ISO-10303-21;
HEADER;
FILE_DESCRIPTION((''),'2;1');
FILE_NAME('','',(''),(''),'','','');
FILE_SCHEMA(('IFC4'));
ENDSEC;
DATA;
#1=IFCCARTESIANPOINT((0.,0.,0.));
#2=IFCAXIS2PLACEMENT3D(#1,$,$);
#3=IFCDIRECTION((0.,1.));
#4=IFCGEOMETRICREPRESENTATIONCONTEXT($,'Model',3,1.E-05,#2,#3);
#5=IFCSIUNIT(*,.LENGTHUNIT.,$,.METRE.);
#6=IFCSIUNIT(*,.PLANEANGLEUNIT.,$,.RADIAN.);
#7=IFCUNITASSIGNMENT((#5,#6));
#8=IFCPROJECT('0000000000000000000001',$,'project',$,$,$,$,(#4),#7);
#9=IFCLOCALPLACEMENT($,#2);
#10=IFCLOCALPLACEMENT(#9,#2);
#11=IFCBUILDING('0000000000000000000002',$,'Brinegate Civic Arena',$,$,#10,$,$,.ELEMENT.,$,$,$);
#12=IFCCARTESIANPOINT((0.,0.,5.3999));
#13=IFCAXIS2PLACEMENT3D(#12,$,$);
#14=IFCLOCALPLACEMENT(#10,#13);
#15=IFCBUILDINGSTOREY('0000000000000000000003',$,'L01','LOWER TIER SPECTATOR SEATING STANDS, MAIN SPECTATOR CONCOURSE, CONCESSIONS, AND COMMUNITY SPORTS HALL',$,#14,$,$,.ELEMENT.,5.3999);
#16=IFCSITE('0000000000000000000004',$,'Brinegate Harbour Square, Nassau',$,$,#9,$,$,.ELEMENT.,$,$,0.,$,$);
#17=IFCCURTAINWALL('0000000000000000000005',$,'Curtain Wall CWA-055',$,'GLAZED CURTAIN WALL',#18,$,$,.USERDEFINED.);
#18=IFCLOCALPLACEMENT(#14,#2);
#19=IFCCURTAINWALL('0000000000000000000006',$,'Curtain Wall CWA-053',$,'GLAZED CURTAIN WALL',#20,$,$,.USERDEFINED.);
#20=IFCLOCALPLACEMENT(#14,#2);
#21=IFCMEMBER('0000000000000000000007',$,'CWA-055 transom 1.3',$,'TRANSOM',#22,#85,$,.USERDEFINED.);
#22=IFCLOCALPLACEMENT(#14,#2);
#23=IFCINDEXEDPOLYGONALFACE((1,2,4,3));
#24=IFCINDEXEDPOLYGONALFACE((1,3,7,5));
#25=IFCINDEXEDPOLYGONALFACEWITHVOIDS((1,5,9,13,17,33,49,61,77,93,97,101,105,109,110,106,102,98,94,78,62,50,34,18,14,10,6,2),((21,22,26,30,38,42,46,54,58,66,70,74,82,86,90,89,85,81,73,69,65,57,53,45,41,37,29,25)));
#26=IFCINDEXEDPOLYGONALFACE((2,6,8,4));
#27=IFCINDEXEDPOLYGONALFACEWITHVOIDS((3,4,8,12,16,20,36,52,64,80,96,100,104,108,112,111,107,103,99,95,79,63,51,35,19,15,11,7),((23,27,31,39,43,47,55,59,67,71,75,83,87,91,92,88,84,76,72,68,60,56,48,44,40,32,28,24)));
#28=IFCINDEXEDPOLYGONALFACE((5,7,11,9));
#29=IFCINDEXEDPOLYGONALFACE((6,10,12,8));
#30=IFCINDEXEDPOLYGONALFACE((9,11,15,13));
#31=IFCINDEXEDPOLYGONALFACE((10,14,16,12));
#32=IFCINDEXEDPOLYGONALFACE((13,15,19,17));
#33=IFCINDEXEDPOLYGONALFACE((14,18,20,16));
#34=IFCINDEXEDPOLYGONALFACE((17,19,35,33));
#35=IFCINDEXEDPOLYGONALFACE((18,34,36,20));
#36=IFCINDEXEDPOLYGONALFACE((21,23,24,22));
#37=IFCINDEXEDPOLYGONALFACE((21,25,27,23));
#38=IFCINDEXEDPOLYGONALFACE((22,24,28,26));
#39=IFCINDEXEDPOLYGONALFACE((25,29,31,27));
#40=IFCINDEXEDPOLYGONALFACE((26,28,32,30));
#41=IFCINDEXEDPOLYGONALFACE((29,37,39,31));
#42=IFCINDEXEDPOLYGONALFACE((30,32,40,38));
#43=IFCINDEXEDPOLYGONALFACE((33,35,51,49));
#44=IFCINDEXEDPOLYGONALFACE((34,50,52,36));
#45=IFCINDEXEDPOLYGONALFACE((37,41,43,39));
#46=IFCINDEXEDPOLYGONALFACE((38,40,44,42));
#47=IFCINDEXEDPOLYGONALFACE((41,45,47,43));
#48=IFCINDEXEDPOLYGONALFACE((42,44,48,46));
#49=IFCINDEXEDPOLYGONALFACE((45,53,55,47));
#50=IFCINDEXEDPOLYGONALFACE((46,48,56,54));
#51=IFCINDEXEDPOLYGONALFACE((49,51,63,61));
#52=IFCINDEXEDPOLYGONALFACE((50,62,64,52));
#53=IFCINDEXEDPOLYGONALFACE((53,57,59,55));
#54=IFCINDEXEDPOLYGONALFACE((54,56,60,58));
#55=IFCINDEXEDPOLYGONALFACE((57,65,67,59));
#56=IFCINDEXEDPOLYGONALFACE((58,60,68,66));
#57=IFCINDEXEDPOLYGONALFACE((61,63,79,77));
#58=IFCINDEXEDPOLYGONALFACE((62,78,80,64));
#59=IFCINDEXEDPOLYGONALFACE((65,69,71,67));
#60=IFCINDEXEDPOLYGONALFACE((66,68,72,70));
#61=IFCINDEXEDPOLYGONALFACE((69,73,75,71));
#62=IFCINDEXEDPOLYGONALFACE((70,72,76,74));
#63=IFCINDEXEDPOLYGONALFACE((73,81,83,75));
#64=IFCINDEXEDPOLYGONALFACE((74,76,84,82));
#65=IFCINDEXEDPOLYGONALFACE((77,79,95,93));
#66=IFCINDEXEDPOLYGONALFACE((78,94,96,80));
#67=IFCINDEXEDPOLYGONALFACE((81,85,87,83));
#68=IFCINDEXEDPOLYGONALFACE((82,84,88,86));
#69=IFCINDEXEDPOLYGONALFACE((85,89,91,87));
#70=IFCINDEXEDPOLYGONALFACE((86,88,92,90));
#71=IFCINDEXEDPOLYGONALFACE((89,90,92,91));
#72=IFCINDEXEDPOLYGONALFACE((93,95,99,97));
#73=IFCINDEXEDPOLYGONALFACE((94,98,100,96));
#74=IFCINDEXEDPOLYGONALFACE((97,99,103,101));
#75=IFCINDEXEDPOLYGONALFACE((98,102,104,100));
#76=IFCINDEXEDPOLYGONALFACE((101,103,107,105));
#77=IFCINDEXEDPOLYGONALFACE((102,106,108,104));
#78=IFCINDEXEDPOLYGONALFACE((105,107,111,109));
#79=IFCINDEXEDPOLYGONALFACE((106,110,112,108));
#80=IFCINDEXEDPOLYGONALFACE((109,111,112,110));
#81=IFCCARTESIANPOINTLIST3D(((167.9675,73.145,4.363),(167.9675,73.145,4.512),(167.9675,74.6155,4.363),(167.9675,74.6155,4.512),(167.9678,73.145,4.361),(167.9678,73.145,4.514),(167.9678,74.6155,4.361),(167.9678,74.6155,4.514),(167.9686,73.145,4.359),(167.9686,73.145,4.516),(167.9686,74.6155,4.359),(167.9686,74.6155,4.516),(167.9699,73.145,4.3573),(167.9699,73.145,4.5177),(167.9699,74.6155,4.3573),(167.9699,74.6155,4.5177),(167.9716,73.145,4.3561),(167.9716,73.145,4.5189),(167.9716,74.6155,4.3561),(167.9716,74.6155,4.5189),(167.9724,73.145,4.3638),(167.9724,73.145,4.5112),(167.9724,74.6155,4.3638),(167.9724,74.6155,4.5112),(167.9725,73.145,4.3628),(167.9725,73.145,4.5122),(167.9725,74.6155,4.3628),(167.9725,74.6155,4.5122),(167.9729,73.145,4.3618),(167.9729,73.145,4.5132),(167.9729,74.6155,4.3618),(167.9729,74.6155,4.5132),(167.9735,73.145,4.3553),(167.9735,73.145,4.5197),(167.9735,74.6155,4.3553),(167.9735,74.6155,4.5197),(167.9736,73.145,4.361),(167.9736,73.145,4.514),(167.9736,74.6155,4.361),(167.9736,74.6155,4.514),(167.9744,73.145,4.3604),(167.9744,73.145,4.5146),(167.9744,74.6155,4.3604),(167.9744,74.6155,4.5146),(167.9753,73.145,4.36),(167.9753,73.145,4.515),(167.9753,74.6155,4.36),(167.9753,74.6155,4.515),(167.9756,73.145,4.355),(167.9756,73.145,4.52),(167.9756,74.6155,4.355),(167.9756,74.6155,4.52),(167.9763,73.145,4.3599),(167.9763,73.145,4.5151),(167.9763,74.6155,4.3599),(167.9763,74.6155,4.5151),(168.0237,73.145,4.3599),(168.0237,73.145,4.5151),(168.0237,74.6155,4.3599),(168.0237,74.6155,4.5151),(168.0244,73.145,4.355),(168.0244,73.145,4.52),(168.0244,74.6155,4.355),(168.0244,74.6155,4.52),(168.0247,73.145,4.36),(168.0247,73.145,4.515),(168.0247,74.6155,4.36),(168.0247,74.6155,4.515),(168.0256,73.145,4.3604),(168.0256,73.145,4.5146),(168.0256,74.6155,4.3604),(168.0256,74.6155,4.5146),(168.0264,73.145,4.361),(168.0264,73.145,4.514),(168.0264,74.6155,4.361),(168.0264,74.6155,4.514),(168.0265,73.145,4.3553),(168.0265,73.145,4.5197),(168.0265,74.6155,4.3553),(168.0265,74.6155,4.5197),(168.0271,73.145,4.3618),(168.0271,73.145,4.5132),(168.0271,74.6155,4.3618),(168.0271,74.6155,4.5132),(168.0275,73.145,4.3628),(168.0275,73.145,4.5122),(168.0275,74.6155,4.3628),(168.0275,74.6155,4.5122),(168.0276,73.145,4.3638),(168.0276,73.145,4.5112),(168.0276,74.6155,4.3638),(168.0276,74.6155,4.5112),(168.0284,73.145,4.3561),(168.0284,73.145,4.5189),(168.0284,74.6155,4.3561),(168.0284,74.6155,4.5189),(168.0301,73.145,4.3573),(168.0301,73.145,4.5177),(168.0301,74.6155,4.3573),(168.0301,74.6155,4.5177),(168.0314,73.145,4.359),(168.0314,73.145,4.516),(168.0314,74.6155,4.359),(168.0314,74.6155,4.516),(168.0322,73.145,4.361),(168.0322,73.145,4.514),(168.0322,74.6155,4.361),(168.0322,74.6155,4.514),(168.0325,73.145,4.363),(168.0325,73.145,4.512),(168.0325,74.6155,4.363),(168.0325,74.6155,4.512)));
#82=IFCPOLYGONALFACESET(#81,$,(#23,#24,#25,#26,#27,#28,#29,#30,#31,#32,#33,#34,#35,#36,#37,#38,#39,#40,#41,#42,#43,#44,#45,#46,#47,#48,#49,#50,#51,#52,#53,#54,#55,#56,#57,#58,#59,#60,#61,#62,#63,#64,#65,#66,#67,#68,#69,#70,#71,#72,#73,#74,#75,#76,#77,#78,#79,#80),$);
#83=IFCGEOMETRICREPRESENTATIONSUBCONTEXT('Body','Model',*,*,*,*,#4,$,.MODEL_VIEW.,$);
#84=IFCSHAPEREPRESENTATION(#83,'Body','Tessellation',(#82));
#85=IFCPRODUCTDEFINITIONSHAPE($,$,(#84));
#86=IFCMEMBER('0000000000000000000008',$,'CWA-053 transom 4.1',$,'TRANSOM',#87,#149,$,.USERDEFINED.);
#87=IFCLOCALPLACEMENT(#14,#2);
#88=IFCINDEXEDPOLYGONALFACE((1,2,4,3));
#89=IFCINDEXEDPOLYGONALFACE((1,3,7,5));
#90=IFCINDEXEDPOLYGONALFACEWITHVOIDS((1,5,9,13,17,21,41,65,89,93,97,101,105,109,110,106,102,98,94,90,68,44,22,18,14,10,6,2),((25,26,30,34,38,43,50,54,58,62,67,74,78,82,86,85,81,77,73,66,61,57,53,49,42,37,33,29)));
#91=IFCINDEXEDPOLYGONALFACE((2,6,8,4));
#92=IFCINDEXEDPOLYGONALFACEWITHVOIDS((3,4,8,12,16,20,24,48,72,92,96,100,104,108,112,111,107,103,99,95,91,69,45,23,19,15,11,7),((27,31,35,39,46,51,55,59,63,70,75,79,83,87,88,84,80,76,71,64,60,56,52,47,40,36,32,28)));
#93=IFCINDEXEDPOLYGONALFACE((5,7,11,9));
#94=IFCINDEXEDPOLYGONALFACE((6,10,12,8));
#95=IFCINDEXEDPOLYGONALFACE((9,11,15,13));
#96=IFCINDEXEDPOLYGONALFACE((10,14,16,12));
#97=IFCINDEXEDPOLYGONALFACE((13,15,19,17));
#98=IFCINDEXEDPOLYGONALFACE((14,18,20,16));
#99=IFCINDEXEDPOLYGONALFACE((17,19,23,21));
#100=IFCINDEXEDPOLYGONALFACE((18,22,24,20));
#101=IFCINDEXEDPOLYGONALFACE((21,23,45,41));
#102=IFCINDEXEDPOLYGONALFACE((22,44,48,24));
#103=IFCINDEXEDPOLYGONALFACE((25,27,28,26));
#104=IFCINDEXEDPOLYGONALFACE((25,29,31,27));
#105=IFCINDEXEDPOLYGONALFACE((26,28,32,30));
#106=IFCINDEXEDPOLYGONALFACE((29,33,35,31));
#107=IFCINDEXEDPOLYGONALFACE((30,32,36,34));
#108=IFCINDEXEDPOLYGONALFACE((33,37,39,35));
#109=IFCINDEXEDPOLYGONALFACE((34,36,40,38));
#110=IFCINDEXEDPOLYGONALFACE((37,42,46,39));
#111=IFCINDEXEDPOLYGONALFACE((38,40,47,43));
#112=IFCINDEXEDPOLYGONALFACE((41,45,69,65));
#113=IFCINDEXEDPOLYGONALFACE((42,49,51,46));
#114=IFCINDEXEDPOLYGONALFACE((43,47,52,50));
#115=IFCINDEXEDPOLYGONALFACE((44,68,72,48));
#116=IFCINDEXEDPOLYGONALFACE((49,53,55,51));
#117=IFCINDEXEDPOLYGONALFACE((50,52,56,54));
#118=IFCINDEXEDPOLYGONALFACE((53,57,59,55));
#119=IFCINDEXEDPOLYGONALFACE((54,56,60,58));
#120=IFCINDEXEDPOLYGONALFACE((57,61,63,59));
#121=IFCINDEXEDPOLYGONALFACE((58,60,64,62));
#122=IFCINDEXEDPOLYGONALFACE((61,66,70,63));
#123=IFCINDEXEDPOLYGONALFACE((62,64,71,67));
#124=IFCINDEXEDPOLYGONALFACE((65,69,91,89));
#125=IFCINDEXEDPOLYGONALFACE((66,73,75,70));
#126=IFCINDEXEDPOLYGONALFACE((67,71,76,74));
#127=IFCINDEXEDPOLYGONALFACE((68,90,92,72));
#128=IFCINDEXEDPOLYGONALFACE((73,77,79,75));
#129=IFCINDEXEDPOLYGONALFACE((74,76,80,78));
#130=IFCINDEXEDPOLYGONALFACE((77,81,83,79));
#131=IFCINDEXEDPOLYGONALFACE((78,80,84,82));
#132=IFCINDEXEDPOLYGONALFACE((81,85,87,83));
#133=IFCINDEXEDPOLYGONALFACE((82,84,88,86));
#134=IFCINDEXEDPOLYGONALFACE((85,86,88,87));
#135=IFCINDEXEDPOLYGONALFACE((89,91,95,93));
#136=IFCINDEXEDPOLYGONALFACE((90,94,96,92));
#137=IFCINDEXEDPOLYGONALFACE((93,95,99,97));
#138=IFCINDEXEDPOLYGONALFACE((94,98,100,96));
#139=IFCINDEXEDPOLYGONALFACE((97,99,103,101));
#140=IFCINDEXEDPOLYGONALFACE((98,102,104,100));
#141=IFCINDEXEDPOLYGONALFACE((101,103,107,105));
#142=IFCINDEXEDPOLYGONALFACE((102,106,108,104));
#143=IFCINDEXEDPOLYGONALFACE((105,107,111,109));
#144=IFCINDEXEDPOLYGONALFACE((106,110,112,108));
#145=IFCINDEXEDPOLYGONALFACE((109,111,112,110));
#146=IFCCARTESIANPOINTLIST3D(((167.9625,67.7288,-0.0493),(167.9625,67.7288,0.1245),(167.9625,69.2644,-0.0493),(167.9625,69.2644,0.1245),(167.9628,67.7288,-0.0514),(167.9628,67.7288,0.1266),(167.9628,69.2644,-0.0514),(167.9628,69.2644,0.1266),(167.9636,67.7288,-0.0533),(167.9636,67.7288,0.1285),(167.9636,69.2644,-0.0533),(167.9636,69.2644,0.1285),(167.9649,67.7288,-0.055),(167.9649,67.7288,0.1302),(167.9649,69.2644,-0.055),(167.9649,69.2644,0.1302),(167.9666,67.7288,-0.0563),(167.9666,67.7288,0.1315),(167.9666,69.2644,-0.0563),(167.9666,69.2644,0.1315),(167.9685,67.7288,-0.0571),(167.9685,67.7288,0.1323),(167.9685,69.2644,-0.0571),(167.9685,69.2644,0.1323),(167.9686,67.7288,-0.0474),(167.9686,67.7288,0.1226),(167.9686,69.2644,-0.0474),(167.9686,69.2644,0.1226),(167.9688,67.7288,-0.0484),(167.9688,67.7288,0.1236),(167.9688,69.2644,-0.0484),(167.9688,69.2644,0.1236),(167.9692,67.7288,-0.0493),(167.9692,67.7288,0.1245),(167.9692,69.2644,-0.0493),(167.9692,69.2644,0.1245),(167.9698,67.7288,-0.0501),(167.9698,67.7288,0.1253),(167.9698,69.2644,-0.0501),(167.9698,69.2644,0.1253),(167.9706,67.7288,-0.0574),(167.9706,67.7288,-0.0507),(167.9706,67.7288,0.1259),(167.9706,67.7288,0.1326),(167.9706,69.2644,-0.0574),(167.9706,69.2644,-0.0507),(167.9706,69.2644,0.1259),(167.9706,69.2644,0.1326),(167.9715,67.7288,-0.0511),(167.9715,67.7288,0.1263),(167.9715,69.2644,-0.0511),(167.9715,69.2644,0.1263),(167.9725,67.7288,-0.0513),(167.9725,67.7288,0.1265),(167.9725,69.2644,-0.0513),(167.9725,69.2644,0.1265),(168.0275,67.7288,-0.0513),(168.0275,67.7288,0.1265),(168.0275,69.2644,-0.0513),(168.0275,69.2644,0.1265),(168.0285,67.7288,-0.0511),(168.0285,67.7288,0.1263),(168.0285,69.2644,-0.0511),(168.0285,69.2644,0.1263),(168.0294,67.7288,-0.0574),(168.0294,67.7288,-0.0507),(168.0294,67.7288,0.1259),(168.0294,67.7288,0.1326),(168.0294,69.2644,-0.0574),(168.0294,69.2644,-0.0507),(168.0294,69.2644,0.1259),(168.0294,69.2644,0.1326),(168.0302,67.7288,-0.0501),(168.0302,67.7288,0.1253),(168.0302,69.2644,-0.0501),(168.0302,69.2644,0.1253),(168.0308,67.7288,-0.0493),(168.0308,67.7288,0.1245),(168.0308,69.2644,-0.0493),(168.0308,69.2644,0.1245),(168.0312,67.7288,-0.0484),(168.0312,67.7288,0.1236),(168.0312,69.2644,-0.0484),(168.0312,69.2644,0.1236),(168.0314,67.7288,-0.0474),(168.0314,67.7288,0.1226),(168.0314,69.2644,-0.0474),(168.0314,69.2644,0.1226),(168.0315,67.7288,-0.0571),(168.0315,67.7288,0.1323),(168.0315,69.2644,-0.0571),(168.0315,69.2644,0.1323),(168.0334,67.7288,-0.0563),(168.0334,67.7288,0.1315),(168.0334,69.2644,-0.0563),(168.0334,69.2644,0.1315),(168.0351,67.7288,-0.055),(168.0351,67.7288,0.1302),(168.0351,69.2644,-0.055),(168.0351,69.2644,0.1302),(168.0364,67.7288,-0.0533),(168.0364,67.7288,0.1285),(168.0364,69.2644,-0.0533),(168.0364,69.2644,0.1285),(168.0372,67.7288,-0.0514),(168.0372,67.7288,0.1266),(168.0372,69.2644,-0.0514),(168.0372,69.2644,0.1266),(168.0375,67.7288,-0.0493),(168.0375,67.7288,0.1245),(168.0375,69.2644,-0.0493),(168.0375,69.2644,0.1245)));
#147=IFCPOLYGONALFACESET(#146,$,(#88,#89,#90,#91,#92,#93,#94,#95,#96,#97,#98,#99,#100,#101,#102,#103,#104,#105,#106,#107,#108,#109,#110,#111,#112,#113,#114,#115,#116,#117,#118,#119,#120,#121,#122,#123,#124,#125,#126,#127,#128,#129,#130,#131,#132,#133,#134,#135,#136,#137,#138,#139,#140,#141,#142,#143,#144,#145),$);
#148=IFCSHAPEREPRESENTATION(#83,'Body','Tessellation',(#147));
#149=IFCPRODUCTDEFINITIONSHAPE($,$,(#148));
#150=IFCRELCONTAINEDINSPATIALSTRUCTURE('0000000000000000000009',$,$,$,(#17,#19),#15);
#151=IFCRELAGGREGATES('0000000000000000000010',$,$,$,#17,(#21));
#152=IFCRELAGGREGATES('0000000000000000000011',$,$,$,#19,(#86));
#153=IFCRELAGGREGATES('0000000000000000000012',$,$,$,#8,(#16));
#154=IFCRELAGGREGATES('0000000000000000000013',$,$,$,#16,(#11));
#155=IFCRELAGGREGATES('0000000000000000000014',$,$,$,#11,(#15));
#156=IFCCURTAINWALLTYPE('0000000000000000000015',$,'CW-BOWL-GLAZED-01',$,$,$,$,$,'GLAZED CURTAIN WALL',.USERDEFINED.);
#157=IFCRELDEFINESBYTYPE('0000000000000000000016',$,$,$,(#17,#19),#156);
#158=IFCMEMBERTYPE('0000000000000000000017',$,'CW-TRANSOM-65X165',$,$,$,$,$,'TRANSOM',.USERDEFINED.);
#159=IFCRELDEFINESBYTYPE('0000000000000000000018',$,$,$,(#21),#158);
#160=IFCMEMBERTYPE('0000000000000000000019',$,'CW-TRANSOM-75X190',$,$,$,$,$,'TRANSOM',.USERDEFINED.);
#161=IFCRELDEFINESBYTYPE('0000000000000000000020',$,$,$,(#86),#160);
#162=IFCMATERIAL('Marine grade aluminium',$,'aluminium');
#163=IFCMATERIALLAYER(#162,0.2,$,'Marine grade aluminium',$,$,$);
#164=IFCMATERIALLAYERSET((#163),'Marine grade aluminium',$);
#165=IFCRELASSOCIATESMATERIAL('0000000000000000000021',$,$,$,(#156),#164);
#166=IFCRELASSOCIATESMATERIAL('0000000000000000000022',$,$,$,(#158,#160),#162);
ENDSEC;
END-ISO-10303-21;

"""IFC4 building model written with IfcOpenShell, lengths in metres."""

from ifc_helpers import new_model, si_unit, direction, frame, origin, origin_2d, place, context, subcontext, project, spatial, hollow_rectangle, extrude, material, layer, layer_set, material_profile, profile_set, type_object, element, aggregate, save


model = new_model("IFC4")

# Units and contexts
model_context = context("Model", 3, precision=1e-05, world=origin(), true_north=direction((0.0, 1.0)))
body_context = subcontext(model_context, "Body", "Model", "MODEL_VIEW")
ifc_project = project(units=[si_unit("LENGTHUNIT", "METRE"), si_unit("PLANEANGLEUNIT", "RADIAN")], contexts=[model_context])

# Site, building, storey
site_placement = place(None, origin())
site = spatial("IfcSite", under=ifc_project, at=site_placement, Name="Brinegate Harbour Square, Nassau", CompositionType="ELEMENT", RefElevation=0.0)
building_placement = place(site_placement, origin())
building = spatial("IfcBuilding", under=site, at=building_placement, Name="Brinegate Civic Arena", CompositionType="ELEMENT")
storey_placement = place(building_placement, frame((0.0, 0.0, 5.3999)))
storey = spatial("IfcBuildingStorey", under=building, at=storey_placement, Name="L01", Description="LOWER TIER SPECTATOR SEATING STANDS, MAIN SPECTATOR CONCOURSE, CONCESSIONS, AND COMMUNITY SPORTS HALL", CompositionType="ELEMENT", Elevation=5.3999)

# Curtain wall
ifc_material_1 = material(Name="Marine grade aluminium", Category="aluminium")
ifc_layer_1 = layer(ifc_material_1, 0.2, Name="Marine grade aluminium")
ifc_layer_set_1 = layer_set([ifc_layer_1], Name="Marine grade aluminium")
curtain_wall_type = type_object("IfcCurtainWallType", Name="CW-BOWL-GLAZED-01", ElementType="GLAZED CURTAIN WALL", PredefinedType="USERDEFINED", material=ifc_layer_set_1)
curtain_wall_1_placement = place(storey_placement, origin())
curtain_wall_1 = element("IfcCurtainWall", 1, at=curtain_wall_1_placement, inside=storey, type_object=curtain_wall_type, Name="Curtain Wall CWA-055", ObjectType="GLAZED CURTAIN WALL", PredefinedType="USERDEFINED")

# Curtain wall
curtain_wall_2_placement = place(storey_placement, origin())
curtain_wall_2 = element("IfcCurtainWall", 2, at=curtain_wall_2_placement, inside=storey, type_object=curtain_wall_type, Name="Curtain Wall CWA-053", ObjectType="GLAZED CURTAIN WALL", PredefinedType="USERDEFINED")

# Members
ifc_material_profile_1 = material_profile(ifc_material_1, hollow_rectangle(XDim=0.0649, YDim=0.165, WallThickness=0.0049, InnerFilletRadius=0.0039, OuterFilletRadius=0.0081, at=origin_2d()), Name="TRN65X165")
ifc_profile_set_1 = profile_set([ifc_material_profile_1], Name="Marine grade aluminium")
member_type_1 = type_object("IfcMemberType", Name="CW-TRANSOM-65X165", ElementType="TRANSOM", PredefinedType="USERDEFINED", material=ifc_profile_set_1)
member_1_placement = place(storey_placement, frame((168.0, 73.145, 4.4375), z_axis=(0.0, 1.0, 0.0), x_axis=(-1.0, 0.0, 0.0)))
member_1 = element("IfcMember", 3, at=member_1_placement, type_object=member_type_1, Name="CWA-055 transom 1.3", ObjectType="TRANSOM", PredefinedType="USERDEFINED", context=body_context, shape_type="SweptSolid", body=[
    extrude(hollow_rectangle(XDim=0.0649, YDim=0.165, WallThickness=0.0049, InnerFilletRadius=0.0039, OuterFilletRadius=0.0081, at=origin_2d()), origin(), (0.0, 0.0, 1.0), 1.4705),
])
ifc_material_profile_2 = material_profile(ifc_material_1, hollow_rectangle(XDim=0.075, YDim=0.1899, WallThickness=0.0061, InnerFilletRadius=0.0039, OuterFilletRadius=0.0081, at=origin_2d()), Name="TRN75X190")
ifc_profile_set_2 = profile_set([ifc_material_profile_2], Name="Marine grade aluminium")
member_type_2 = type_object("IfcMemberType", Name="CW-TRANSOM-75X190", ElementType="TRANSOM", PredefinedType="USERDEFINED", material=ifc_profile_set_2)
member_2_placement = place(storey_placement, frame((168.0, 67.7288, 0.0376), z_axis=(0.0, 1.0, 0.0), x_axis=(-1.0, 0.0, 0.0)))
member_2 = element("IfcMember", 4, at=member_2_placement, type_object=member_type_2, Name="CWA-053 transom 4.1", ObjectType="TRANSOM", PredefinedType="USERDEFINED", context=body_context, shape_type="SweptSolid", body=[
    extrude(hollow_rectangle(XDim=0.075, YDim=0.1899, WallThickness=0.0061, InnerFilletRadius=0.0039, OuterFilletRadius=0.0081, at=origin_2d()), origin(), (0.0, 0.0, 1.0), 1.5356),
])

aggregate(curtain_wall_1, [member_1])
aggregate(curtain_wall_2, [member_2])

save(model, "model.ifc")
